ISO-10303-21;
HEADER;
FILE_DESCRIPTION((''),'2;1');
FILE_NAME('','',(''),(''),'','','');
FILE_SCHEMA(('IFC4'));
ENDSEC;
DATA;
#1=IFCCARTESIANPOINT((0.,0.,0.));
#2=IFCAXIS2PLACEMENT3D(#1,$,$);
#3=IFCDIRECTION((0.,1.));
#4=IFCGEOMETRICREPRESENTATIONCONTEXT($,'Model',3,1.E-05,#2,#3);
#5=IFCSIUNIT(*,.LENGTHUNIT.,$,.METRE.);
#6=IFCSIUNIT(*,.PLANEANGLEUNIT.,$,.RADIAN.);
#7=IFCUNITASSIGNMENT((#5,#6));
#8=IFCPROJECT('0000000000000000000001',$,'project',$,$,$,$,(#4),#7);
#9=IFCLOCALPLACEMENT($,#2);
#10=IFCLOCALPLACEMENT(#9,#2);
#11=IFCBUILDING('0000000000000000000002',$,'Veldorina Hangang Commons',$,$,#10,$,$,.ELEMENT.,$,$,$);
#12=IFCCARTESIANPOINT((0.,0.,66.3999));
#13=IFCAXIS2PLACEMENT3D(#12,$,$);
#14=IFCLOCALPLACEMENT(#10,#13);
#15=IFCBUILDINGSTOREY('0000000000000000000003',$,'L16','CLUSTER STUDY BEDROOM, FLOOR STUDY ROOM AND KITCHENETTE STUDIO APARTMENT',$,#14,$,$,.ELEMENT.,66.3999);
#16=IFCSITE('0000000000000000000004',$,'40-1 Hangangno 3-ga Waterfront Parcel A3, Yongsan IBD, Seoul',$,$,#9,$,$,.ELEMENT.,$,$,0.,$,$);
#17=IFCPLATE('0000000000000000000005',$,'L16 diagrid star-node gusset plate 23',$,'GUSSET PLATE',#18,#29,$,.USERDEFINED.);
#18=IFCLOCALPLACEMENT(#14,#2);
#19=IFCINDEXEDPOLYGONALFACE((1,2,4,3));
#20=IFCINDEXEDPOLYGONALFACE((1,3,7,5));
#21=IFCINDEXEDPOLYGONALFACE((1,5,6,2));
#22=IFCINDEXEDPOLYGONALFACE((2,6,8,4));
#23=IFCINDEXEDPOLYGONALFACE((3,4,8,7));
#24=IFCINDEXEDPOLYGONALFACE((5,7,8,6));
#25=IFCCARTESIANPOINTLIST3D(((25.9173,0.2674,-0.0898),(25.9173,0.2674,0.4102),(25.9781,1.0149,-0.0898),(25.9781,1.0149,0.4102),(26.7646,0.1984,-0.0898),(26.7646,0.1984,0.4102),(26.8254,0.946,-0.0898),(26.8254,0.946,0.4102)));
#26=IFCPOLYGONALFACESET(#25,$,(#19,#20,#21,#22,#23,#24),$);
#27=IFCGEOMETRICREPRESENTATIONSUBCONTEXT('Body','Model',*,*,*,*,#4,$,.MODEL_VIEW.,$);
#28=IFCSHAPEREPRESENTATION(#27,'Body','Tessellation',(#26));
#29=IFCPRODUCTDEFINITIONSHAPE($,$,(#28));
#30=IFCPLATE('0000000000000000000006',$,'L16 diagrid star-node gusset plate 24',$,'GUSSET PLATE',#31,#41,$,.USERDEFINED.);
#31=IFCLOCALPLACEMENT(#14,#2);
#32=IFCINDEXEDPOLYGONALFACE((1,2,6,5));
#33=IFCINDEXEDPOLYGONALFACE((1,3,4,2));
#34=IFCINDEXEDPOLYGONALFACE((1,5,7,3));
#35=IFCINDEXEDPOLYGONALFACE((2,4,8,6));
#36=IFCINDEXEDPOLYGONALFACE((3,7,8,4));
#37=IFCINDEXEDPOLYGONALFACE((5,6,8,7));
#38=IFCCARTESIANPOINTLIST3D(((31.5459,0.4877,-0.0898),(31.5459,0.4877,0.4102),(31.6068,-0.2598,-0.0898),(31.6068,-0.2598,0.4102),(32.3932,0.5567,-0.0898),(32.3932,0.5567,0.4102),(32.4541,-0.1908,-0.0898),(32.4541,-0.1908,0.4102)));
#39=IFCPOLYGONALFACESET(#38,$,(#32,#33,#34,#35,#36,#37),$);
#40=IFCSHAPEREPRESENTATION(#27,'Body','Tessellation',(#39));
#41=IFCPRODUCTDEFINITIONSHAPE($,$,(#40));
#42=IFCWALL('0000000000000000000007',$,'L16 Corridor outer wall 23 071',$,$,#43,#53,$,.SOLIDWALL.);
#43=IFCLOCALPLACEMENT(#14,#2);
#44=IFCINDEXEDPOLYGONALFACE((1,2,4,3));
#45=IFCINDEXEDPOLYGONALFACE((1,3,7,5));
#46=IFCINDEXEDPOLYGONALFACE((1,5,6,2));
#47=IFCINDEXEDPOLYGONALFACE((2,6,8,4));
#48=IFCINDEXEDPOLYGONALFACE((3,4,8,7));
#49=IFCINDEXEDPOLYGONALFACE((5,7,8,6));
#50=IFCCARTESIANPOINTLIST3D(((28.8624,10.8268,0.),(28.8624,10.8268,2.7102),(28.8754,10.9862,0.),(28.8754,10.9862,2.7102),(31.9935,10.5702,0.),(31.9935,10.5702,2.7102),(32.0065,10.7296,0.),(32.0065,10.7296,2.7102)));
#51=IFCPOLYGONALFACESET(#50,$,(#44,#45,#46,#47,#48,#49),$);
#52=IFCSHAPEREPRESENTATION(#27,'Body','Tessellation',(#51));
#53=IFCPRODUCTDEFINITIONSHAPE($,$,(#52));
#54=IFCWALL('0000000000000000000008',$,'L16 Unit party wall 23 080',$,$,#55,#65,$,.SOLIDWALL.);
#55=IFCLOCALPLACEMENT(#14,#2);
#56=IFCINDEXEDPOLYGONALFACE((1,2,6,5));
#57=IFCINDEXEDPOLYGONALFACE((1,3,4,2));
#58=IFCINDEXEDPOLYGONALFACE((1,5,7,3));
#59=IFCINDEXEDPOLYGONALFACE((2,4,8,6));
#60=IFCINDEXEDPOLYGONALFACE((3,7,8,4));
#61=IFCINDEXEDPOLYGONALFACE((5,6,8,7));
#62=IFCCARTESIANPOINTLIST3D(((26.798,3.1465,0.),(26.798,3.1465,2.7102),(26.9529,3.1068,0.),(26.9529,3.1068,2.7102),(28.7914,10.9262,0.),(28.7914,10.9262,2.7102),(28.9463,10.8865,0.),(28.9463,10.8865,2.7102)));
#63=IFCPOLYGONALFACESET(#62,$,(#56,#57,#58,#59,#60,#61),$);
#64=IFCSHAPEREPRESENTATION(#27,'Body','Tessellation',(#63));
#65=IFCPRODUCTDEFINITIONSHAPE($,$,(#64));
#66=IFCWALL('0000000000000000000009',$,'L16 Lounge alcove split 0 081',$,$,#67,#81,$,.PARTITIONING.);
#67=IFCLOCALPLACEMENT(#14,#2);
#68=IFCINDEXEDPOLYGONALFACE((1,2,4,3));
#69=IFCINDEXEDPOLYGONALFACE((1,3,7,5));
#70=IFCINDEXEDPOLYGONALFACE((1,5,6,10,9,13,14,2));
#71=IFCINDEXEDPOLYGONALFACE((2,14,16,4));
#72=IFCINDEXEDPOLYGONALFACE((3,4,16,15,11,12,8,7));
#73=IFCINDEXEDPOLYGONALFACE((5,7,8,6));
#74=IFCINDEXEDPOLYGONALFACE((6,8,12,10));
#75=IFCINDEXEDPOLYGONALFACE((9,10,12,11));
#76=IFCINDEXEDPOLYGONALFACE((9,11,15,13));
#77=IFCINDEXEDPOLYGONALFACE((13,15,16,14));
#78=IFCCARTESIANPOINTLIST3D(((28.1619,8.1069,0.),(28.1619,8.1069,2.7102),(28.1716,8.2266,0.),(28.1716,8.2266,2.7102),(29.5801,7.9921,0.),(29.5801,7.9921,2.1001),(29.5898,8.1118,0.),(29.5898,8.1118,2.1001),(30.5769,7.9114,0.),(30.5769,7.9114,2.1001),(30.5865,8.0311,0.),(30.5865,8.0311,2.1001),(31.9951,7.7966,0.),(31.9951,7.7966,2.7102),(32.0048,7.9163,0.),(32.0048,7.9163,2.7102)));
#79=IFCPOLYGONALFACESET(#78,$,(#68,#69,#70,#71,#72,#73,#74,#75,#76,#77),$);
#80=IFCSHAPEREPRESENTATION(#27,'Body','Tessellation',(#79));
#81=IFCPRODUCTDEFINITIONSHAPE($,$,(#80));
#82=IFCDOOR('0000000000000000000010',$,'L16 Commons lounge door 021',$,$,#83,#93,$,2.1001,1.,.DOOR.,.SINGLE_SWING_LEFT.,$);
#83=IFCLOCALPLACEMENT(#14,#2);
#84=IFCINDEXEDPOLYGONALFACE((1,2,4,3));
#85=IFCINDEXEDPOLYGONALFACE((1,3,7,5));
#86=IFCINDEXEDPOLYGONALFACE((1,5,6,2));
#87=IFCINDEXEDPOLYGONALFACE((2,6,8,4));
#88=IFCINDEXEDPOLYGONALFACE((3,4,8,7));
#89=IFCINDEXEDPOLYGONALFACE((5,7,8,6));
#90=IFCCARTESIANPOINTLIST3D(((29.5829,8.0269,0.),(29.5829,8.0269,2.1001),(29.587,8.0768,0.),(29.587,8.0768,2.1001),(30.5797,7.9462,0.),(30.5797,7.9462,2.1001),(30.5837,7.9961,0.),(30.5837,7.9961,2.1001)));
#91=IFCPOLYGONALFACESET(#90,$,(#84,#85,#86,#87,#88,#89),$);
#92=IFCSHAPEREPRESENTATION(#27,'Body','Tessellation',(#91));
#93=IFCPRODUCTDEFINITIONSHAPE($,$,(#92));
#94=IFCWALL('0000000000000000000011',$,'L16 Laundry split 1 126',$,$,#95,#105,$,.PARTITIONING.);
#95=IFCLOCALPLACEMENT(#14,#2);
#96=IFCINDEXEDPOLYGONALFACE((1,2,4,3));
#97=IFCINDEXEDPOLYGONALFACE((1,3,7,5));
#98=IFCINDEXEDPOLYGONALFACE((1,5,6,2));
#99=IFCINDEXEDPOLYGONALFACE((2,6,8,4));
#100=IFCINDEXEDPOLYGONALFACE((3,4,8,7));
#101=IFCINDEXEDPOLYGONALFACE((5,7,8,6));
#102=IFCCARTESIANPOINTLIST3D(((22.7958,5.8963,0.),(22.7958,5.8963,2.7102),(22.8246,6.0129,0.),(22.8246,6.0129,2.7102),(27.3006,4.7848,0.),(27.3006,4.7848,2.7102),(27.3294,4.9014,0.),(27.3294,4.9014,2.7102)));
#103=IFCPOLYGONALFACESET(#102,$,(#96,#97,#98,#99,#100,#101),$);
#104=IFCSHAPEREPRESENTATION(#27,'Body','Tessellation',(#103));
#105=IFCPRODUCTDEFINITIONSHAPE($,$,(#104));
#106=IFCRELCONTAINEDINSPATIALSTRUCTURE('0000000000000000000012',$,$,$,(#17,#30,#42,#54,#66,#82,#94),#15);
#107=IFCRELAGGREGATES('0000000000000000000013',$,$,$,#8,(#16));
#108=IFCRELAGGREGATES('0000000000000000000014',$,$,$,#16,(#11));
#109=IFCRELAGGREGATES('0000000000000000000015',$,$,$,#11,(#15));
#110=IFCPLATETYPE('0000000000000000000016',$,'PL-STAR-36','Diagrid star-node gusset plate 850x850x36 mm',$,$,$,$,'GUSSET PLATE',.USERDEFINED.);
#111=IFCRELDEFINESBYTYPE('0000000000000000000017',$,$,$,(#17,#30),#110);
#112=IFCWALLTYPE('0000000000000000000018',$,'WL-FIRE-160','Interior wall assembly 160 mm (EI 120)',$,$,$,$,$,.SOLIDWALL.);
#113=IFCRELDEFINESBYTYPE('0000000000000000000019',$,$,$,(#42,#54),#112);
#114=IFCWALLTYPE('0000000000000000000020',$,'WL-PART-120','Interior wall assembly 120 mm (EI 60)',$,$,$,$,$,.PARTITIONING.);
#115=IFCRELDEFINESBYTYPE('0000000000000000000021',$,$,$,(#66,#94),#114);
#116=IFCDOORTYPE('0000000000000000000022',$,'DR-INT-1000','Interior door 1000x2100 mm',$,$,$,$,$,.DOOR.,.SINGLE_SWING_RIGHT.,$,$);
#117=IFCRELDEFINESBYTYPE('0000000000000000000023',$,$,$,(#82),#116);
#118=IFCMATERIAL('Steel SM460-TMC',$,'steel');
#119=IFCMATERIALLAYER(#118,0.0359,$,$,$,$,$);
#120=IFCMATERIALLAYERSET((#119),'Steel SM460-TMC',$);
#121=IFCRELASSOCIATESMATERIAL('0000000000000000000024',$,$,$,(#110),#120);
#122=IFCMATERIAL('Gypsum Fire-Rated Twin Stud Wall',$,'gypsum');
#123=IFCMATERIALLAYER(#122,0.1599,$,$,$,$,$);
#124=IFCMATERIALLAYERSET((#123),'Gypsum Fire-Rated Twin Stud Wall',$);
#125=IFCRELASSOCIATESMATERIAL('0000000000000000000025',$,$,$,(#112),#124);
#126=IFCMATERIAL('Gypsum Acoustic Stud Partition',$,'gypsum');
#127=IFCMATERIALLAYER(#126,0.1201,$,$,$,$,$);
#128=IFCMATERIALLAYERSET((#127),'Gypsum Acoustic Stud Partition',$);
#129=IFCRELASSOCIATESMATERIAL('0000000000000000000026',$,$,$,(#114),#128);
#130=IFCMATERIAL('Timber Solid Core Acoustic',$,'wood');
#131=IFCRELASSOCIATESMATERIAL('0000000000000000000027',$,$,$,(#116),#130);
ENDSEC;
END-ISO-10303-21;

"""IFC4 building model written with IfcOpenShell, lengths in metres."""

from ifc_helpers import new_model, si_unit, direction, frame, frame_2d, origin, origin_2d, place, context, subcontext, project, spatial, rectangle, extrude, material, layer, layer_set, type_object, element, fill, save


model = new_model("IFC4")

# Units and contexts
model_context = context("Model", 3, precision=1e-05, world=origin(), true_north=direction((0.0, 1.0)))
body_context = subcontext(model_context, "Body", "Model", "MODEL_VIEW")
ifc_project = project(units=[si_unit("LENGTHUNIT", "METRE"), si_unit("PLANEANGLEUNIT", "RADIAN")], contexts=[model_context])

# Site, building, storey
site_placement = place(None, origin())
site = spatial("IfcSite", under=ifc_project, at=site_placement, Name="40-1 Hangangno 3-ga Waterfront Parcel A3, Yongsan IBD, Seoul", CompositionType="ELEMENT", RefElevation=0.0)
building_placement = place(site_placement, origin())
building = spatial("IfcBuilding", under=site, at=building_placement, Name="Veldorina Hangang Commons", CompositionType="ELEMENT")
storey_placement = place(building_placement, frame((0.0, 0.0, 66.3999)))
storey = spatial("IfcBuildingStorey", under=building, at=storey_placement, Name="L16", Description="CLUSTER STUDY BEDROOM, FLOOR STUDY ROOM AND KITCHENETTE STUDIO APARTMENT", CompositionType="ELEMENT", Elevation=66.3999)

# Shared definitions
ifc_material_1 = material(Name="Steel SM460-TMC", Category="steel")

# Plates
ifc_layer_1 = layer(ifc_material_1, 0.0359)
ifc_layer_set_1 = layer_set([ifc_layer_1], Name="Steel SM460-TMC")
plate_type_1 = type_object("IfcPlateType", Name="PL-STAR-36", Description="Diagrid star-node gusset plate 850x850x36 mm", ElementType="GUSSET PLATE", PredefinedType="USERDEFINED", material=ifc_layer_set_1)
for number, where, z_axis, x_axis, name in (
    (1, (26.3713, 0.6067, -0.0898), (0.0, 0.0, 1.0), (0.996701, -0.081156, 0.0), "L16 diagrid star-node gusset plate 23"),
    (2, (32.0, 0.1484, -0.0898), (0.0, 0.0, 1.0), (0.996701, 0.081156, 0.0), "L16 diagrid star-node gusset plate 24"),
):
    element("IfcPlate", number, at=place(storey_placement, frame(where, z_axis=z_axis, x_axis=x_axis)), inside=storey, type_object=plate_type_1, Name=name, ObjectType="GUSSET PLATE", PredefinedType="USERDEFINED", context=body_context, shape_type="SweptSolid", body=[
        extrude(rectangle(XDim=0.8501, YDim=0.75, at=origin_2d()), origin(), (0.0, 0.0, 1.0), 0.5),
    ])

# Walls
ifc_material_2 = material(Name="Gypsum Fire-Rated Twin Stud Wall", Category="gypsum")
ifc_layer_2 = layer(ifc_material_2, 0.1599)
ifc_layer_set_2 = layer_set([ifc_layer_2], Name="Gypsum Fire-Rated Twin Stud Wall")
wall_type_1 = type_object("IfcWallType", Name="WL-FIRE-160", Description="Interior wall assembly 160 mm (EI 120)", PredefinedType="SOLIDWALL", material=ifc_layer_set_2)
wall_1_placement = place(storey_placement, frame((28.8689, 10.9065, 0.0), z_axis=(0.0, 0.0, 1.0), x_axis=(0.996659, -0.081676, 0.0)))
element("IfcWall", 3, at=wall_1_placement, inside=storey, type_object=wall_type_1, Name="L16 Corridor outer wall 23 071", PredefinedType="SOLIDWALL", context=body_context, shape_type="SweptSolid", body=[
    extrude(rectangle(XDim=3.1416, YDim=0.1599, at=frame_2d((1.5708, 0.0))), origin(), (0.0, 0.0, 1.0), 2.7102),
])
wall_2_placement = place(storey_placement, frame((28.8689, 10.9065, 0.0), z_axis=(0.0, 0.0, 1.0), x_axis=(-0.248211, -0.968706, 0.0)))
element("IfcWall", 4, at=wall_2_placement, inside=storey, type_object=wall_type_1, Name="L16 Unit party wall 23 080", PredefinedType="SOLIDWALL", context=body_context, shape_type="SweptSolid", body=[
    extrude(rectangle(XDim=8.031, YDim=0.1599, at=frame_2d((4.0156, 0.0))), origin(), (0.0, 0.0, 1.0), 2.7102),
])

# Wall, opening, door
ifc_material_3 = material(Name="Gypsum Acoustic Stud Partition", Category="gypsum")
ifc_layer_3 = layer(ifc_material_3, 0.1201)
ifc_layer_set_3 = layer_set([ifc_layer_3], Name="Gypsum Acoustic Stud Partition")
wall_type_2 = type_object("IfcWallType", Name="WL-PART-120", Description="Interior wall assembly 120 mm (EI 60)", PredefinedType="PARTITIONING", material=ifc_layer_set_3)
wall_3_placement = place(storey_placement, frame((28.1667, 8.1667, 0.0), z_axis=(0.0, 0.0, 1.0), x_axis=(0.99674, -0.080686, 0.0)))
wall_3 = element("IfcWall", 5, at=wall_3_placement, inside=storey, type_object=wall_type_2, Name="L16 Lounge alcove split 0 081", PredefinedType="PARTITIONING", context=body_context, shape_type="SweptSolid", body=[
    extrude(rectangle(XDim=3.8457, YDim=0.1201, at=frame_2d((1.9229, 0.0))), origin(), (0.0, 0.0, 1.0), 2.7102),
])
opening_1_placement = place(wall_3_placement, frame((1.4229, 0.0, 0.0)))
opening_1 = element("IfcOpeningElement", 6, at=opening_1_placement, cuts=wall_3, PredefinedType="OPENING", context=body_context, shape_type="SweptSolid", body=[
    extrude(rectangle(XDim=1.0, YDim=2.1001, at=frame_2d((0.5, 1.05))), frame((0.0, 0.0701, 0.0), z_axis=(0.0, -1.0, 0.0), x_axis=(1.0, 0.0, 0.0)), (0.0, 0.0, 1.0), 0.1401),
])
ifc_material_4 = material(Name="Timber Solid Core Acoustic", Category="wood")
door_type_1 = type_object("IfcDoorType", Name="DR-INT-1000", Description="Interior door 1000x2100 mm", OperationType="SINGLE_SWING_RIGHT", PredefinedType="DOOR", material=ifc_material_4)
door_1_placement = place(opening_1_placement, origin())
door_1 = element("IfcDoor", 7, at=door_1_placement, inside=storey, type_object=door_type_1, Name="L16 Commons lounge door 021", OperationType="SINGLE_SWING_LEFT", OverallHeight=2.1001, OverallWidth=1.0, PredefinedType="DOOR", context=body_context, shape_type="SweptSolid", body=[
    extrude(rectangle(XDim=1.0, YDim=2.1001, at=frame_2d((0.5, 1.05))), frame((0.0, 0.0249, 0.0), z_axis=(0.0, -1.0, 0.0), x_axis=(1.0, 0.0, 0.0)), (0.0, 0.0, 1.0), 0.05),
])
fill(opening_1, door_1)

# Wall
wall_4_placement = place(storey_placement, frame((22.8103, 5.9546, 0.0), z_axis=(0.0, 0.0, 1.0), x_axis=(0.970881, -0.239563, 0.0)))
element("IfcWall", 8, at=wall_4_placement, inside=storey, type_object=wall_type_2, Name="L16 Laundry split 1 126", PredefinedType="PARTITIONING", context=body_context, shape_type="SweptSolid", body=[
    extrude(rectangle(XDim=4.6399, YDim=0.1201, at=frame_2d((2.3198, 0.0))), origin(), (0.0, 0.0, 1.0), 2.7102),
])

save(model, "model.ifc")
